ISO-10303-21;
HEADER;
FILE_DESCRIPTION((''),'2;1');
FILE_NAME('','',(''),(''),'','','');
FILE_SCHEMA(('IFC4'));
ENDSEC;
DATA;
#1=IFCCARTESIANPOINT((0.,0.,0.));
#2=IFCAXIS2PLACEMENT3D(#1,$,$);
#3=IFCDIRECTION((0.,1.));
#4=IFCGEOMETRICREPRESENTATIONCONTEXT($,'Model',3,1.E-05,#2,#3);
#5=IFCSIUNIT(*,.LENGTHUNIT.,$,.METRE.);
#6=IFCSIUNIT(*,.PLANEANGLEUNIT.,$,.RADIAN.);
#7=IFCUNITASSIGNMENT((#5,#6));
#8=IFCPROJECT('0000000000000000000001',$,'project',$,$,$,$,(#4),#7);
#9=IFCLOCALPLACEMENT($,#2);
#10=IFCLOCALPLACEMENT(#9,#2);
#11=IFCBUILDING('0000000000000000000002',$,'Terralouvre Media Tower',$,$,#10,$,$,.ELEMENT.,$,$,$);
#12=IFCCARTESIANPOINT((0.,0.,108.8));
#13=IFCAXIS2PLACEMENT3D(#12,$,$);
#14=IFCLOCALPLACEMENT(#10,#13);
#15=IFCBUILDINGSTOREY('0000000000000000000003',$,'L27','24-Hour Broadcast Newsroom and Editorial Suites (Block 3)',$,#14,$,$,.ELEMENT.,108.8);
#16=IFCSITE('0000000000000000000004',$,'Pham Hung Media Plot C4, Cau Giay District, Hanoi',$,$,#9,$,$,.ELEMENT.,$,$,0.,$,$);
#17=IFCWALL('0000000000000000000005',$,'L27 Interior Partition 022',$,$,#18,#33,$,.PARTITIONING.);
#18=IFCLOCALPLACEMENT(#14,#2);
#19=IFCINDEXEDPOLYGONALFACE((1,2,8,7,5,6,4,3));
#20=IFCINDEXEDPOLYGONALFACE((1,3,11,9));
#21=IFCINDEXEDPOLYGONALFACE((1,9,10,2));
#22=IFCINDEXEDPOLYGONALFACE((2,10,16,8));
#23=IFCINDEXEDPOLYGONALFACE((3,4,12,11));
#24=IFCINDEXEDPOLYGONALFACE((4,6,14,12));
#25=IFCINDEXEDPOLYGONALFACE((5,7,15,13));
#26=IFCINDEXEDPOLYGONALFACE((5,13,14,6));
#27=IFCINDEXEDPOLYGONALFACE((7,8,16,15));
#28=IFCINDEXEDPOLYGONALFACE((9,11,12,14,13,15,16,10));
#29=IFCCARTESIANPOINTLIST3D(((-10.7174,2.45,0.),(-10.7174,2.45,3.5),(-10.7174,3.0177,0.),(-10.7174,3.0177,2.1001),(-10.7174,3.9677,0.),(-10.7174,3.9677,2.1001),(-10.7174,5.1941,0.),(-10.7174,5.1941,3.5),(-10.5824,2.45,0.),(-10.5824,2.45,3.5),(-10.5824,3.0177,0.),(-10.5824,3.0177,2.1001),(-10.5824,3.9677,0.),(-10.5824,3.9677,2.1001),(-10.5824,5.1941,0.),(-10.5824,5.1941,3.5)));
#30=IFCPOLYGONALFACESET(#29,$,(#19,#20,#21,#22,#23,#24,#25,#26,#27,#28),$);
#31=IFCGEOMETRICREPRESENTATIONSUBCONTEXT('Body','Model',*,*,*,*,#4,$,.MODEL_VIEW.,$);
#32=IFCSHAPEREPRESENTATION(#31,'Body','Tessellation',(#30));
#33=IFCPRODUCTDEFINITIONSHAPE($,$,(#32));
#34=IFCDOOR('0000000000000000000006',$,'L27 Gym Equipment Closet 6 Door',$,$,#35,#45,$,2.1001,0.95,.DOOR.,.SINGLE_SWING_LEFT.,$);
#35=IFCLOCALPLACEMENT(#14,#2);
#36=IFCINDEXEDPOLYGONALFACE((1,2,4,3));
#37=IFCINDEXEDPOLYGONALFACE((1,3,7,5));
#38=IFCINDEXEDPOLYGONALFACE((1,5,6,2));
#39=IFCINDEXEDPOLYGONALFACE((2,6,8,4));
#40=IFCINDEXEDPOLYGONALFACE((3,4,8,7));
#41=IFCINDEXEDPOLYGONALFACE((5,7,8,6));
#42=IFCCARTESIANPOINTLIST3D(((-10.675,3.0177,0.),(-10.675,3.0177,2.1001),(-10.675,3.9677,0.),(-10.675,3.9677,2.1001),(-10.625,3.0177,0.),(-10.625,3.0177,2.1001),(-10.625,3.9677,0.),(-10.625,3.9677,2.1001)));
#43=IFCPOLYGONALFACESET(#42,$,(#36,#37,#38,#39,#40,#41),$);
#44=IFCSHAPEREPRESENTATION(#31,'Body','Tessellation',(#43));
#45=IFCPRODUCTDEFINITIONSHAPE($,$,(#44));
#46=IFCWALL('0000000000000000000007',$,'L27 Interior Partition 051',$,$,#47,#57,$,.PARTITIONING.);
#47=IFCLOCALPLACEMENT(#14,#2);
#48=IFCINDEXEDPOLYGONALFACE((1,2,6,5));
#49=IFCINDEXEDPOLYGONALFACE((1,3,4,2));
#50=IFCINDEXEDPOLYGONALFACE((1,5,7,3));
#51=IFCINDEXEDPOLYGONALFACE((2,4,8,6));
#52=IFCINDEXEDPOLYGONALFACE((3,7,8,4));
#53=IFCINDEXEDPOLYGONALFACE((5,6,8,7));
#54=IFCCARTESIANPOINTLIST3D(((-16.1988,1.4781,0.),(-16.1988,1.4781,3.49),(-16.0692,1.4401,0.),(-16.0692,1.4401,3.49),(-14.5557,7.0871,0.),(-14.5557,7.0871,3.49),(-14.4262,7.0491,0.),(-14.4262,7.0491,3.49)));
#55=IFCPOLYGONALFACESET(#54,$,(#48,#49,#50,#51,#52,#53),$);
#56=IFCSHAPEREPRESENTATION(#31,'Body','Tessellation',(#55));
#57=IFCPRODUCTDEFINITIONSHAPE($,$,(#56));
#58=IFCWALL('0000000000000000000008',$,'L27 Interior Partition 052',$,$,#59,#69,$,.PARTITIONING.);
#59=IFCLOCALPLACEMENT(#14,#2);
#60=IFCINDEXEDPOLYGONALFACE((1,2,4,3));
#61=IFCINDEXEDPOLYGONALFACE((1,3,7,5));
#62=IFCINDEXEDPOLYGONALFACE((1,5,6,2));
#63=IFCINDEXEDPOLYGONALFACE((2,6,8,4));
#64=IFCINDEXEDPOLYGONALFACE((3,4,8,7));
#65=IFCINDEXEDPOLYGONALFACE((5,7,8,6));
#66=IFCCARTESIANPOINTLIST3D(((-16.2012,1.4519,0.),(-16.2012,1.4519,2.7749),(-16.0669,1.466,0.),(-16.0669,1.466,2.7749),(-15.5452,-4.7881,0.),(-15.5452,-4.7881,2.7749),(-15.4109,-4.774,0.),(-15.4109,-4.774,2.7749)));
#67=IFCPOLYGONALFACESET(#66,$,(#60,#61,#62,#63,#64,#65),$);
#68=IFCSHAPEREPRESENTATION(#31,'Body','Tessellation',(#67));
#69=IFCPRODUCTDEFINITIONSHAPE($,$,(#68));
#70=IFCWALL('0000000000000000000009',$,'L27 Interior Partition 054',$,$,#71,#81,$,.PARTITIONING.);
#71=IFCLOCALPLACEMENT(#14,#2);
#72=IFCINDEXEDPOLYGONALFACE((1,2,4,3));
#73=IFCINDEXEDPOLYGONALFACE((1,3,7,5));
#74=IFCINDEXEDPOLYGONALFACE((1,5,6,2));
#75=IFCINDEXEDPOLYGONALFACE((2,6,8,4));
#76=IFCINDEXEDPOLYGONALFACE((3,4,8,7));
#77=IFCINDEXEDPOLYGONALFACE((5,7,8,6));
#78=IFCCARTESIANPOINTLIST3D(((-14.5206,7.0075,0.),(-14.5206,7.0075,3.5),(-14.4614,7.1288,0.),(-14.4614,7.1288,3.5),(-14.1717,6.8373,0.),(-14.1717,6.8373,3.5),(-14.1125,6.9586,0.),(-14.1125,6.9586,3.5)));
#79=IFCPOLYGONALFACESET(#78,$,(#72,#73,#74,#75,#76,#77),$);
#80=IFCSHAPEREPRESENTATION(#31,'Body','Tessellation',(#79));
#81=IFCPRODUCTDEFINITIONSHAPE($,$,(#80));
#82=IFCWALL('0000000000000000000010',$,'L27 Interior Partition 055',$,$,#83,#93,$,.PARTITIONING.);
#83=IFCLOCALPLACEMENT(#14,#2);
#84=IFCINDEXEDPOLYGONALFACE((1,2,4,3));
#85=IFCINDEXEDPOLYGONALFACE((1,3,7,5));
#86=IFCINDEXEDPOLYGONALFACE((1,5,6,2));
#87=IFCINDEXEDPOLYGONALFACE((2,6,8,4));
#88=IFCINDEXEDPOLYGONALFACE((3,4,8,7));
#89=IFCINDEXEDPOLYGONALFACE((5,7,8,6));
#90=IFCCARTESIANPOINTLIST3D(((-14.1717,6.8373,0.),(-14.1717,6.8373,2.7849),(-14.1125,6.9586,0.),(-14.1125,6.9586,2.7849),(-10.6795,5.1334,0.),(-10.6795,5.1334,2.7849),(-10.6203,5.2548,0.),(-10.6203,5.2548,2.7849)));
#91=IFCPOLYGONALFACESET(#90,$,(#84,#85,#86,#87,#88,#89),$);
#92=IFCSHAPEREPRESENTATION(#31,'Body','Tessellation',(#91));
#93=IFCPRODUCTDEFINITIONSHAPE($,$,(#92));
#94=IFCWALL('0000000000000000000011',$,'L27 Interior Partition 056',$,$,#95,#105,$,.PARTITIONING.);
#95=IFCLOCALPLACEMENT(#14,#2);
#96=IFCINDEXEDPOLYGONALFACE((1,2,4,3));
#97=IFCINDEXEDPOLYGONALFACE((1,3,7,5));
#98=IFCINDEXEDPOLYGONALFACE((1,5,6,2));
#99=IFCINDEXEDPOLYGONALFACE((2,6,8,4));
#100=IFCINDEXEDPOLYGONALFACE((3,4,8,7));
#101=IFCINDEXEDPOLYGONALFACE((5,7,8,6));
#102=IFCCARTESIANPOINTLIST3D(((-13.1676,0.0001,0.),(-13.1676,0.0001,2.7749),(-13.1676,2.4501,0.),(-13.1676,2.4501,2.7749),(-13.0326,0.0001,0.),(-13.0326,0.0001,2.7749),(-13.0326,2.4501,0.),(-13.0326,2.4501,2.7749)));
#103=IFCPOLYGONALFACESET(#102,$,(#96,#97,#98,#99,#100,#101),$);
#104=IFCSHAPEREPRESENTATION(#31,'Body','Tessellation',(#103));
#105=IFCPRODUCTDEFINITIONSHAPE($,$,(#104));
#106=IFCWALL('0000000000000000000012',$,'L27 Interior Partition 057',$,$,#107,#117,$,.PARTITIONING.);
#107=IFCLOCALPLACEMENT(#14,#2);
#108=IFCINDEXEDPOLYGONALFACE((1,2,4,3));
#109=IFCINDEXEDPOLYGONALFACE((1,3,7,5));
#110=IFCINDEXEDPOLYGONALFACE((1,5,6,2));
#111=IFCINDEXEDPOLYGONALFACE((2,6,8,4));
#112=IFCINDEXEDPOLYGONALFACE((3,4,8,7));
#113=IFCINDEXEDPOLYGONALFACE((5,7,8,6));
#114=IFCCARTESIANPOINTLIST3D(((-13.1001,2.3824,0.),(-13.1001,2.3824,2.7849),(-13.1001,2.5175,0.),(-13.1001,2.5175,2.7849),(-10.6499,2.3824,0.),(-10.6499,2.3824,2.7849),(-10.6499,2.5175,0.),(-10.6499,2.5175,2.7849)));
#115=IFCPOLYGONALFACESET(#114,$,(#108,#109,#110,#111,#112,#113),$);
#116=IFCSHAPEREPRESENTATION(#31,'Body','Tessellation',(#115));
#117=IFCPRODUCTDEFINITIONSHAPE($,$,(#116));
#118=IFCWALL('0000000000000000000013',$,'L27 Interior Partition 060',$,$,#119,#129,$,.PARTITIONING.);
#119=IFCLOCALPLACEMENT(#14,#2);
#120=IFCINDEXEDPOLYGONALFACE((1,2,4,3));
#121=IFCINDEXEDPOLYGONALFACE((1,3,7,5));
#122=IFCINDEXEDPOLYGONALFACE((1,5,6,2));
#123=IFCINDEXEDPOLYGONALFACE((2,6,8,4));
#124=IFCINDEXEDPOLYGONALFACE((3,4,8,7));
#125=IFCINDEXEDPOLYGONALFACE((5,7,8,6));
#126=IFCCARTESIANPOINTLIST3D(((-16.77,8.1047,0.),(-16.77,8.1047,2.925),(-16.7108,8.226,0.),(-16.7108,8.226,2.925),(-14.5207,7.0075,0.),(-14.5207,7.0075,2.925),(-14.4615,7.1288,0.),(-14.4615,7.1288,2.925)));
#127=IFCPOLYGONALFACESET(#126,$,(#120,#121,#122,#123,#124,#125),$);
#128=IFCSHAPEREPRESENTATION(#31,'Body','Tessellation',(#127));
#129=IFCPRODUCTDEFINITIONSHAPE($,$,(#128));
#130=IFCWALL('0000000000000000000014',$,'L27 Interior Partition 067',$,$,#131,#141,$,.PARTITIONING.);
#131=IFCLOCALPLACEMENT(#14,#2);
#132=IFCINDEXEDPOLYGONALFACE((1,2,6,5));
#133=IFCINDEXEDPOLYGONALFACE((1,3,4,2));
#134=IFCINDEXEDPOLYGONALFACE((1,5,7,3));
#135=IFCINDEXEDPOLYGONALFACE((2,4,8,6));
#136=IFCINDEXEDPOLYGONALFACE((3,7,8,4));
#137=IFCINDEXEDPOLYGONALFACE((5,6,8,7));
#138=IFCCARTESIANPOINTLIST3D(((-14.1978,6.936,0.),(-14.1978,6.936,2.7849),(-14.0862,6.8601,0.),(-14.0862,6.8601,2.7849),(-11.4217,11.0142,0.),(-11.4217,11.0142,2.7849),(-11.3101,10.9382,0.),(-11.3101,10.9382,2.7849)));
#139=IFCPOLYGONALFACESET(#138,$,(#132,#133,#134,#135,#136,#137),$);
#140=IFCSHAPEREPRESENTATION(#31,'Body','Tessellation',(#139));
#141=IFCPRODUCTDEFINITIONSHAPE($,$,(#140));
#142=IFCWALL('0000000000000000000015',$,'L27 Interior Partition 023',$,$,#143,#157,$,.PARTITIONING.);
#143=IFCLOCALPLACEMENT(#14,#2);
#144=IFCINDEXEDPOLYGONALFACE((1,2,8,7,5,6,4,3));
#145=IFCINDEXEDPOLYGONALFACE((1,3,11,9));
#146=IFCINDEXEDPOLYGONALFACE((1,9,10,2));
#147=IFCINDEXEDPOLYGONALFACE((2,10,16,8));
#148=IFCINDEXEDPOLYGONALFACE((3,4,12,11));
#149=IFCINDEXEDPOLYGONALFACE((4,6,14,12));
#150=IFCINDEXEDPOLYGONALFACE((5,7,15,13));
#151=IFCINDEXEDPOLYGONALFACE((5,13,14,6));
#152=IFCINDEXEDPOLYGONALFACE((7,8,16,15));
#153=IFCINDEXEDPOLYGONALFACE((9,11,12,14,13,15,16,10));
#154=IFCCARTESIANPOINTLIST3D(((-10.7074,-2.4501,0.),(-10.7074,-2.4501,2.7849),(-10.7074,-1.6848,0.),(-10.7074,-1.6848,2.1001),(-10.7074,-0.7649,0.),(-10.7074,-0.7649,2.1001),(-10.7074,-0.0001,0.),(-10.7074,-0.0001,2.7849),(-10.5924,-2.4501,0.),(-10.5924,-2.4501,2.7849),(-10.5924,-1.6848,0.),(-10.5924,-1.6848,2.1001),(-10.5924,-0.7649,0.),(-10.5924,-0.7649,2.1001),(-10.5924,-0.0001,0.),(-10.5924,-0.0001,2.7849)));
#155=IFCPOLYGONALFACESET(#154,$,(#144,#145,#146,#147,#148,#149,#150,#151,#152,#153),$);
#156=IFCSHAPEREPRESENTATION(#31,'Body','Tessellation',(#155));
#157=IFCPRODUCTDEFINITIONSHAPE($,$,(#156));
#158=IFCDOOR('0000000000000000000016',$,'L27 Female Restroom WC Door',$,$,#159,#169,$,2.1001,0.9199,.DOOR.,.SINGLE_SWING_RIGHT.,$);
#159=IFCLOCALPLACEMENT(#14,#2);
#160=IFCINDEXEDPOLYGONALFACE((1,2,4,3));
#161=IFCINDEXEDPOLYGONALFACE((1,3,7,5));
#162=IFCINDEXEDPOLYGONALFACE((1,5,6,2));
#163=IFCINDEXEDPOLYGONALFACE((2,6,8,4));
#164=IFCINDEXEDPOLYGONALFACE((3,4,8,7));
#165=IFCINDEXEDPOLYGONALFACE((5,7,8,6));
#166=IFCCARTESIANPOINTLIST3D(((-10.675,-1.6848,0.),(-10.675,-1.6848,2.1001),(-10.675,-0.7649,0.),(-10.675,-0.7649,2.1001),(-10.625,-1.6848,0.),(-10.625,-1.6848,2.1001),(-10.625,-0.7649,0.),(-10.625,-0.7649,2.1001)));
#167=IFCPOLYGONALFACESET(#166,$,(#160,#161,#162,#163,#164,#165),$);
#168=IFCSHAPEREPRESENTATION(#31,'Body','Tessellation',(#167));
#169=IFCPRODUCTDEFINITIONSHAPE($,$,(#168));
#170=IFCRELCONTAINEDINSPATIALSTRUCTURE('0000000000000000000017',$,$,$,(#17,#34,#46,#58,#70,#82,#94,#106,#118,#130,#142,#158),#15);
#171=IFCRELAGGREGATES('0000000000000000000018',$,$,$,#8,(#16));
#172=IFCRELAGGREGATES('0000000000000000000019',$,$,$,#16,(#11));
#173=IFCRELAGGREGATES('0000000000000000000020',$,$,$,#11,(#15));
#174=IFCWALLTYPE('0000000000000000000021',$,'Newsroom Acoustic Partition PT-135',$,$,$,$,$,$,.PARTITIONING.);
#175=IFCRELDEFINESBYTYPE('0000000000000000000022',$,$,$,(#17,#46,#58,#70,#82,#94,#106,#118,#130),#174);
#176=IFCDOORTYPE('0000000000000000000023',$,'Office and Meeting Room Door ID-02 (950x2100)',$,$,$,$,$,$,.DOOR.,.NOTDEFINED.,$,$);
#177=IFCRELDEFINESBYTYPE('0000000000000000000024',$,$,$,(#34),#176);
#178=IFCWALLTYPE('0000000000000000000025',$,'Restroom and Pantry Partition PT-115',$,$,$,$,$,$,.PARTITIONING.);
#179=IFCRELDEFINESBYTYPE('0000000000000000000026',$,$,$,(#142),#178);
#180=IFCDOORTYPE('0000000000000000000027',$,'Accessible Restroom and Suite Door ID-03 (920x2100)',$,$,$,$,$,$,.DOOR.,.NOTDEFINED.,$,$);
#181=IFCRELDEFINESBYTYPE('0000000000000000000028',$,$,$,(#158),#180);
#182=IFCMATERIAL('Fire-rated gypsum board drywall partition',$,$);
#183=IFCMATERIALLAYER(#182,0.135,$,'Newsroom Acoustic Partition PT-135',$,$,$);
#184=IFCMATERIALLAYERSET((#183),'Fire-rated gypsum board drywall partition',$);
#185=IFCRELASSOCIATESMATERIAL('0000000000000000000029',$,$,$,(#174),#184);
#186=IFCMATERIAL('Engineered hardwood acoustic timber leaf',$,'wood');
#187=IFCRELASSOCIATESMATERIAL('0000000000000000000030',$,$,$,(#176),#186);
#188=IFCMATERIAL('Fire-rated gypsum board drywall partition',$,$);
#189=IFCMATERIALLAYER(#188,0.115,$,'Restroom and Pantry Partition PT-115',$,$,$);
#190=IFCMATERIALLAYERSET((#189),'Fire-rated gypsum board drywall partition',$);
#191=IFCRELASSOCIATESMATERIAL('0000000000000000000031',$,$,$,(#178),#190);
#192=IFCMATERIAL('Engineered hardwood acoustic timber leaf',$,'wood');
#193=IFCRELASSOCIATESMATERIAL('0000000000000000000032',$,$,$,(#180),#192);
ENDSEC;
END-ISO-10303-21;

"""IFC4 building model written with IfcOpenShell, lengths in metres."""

from ifc_helpers import new_model, si_unit, direction, frame, frame_2d, origin, place, context, subcontext, project, spatial, rectangle, extrude, material, layer, layer_set, type_object, element, fill, save


model = new_model("IFC4")

# Units and contexts
model_context = context("Model", 3, precision=1e-05, world=origin(), true_north=direction((0.0, 1.0)))
body_context = subcontext(model_context, "Body", "Model", "MODEL_VIEW")
ifc_project = project(units=[si_unit("LENGTHUNIT", "METRE"), si_unit("PLANEANGLEUNIT", "RADIAN")], contexts=[model_context])

# Site, building, storey
site_placement = place(None, origin())
site = spatial("IfcSite", under=ifc_project, at=site_placement, Name="Pham Hung Media Plot C4, Cau Giay District, Hanoi", CompositionType="ELEMENT", RefElevation=0.0)
building_placement = place(site_placement, origin())
building = spatial("IfcBuilding", under=site, at=building_placement, Name="Terralouvre Media Tower", CompositionType="ELEMENT")
storey_placement = place(building_placement, frame((0.0, 0.0, 108.8)))
storey = spatial("IfcBuildingStorey", under=building, at=storey_placement, Name="L27", Description="24-Hour Broadcast Newsroom and Editorial Suites (Block 3)", CompositionType="ELEMENT", Elevation=108.8)

# Wall, opening, door
ifc_material_1 = material(Name="Fire-rated gypsum board drywall partition")
ifc_layer_1 = layer(ifc_material_1, 0.135, Name="Newsroom Acoustic Partition PT-135")
ifc_layer_set_1 = layer_set([ifc_layer_1], Name="Fire-rated gypsum board drywall partition")
wall_type_1 = type_object("IfcWallType", Name="Newsroom Acoustic Partition PT-135", PredefinedType="PARTITIONING", material=ifc_layer_set_1)
wall_1_placement = place(storey_placement, frame((-10.6499, 5.1941, 0.0), z_axis=(0.0, 0.0, 1.0), x_axis=(0.0, -1.0, 0.0)))
wall_1 = element("IfcWall", 1, at=wall_1_placement, inside=storey, type_object=wall_type_1, Name="L27 Interior Partition 022", PredefinedType="PARTITIONING", context=body_context, shape_type="SweptSolid", body=[
    extrude(rectangle(XDim=2.7441, YDim=0.135, at=frame_2d((1.3721, 0.0))), origin(), (0.0, 0.0, 1.0), 3.5),
])
opening_1_placement = place(wall_1_placement, frame((1.2263, 0.0, 0.0)))
opening_1 = element("IfcOpeningElement", 2, at=opening_1_placement, cuts=wall_1, PredefinedType="OPENING", context=body_context, shape_type="SweptSolid", body=[
    extrude(rectangle(XDim=0.95, YDim=2.1001, at=frame_2d((0.4751, 1.05))), frame((0.0, 0.0774, 0.0), z_axis=(0.0, -1.0, 0.0), x_axis=(1.0, 0.0, 0.0)), (0.0, 0.0, 1.0), 0.155),
])
ifc_material_2 = material(Name="Engineered hardwood acoustic timber leaf", Category="wood")
door_type_1 = type_object("IfcDoorType", Name="Office and Meeting Room Door ID-02 (950x2100)", OperationType="NOTDEFINED", PredefinedType="DOOR", material=ifc_material_2)
door_1_placement = place(opening_1_placement, origin())
door_1 = element("IfcDoor", 3, at=door_1_placement, inside=storey, type_object=door_type_1, Name="L27 Gym Equipment Closet 6 Door", OperationType="SINGLE_SWING_LEFT", OverallHeight=2.1001, OverallWidth=0.95, PredefinedType="DOOR", context=body_context, shape_type="SweptSolid", body=[
    extrude(rectangle(XDim=0.95, YDim=2.1001, at=frame_2d((0.4751, 1.05))), frame((0.0, 0.0249, 0.0), z_axis=(0.0, -1.0, 0.0), x_axis=(1.0, 0.0, 0.0)), (0.0, 0.0, 1.0), 0.05),
])
fill(opening_1, door_1)

# Walls
wall_2_placement = place(storey_placement, frame((-14.491, 7.0681, 0.0), z_axis=(0.0, 0.0, 1.0), x_axis=(-0.281115, -0.959674, 0.0)))
element("IfcWall", 4, at=wall_2_placement, inside=storey, type_object=wall_type_1, Name="L27 Interior Partition 051", PredefinedType="PARTITIONING", context=body_context, shape_type="SweptSolid", body=[
    extrude(rectangle(XDim=5.8447, YDim=0.135, at=frame_2d((2.9224, 0.0))), origin(), (0.0, 0.0, 1.0), 3.49),
])
wall_3_placement = place(storey_placement, frame((-16.134, 1.459, 0.0), z_axis=(0.0, 0.0, 1.0), x_axis=(0.104553, -0.994519, 0.0)))
element("IfcWall", 5, at=wall_3_placement, inside=storey, type_object=wall_type_1, Name="L27 Interior Partition 052", PredefinedType="PARTITIONING", context=body_context, shape_type="SweptSolid", body=[
    extrude(rectangle(XDim=6.2744, YDim=0.135, at=frame_2d((3.1372, 0.0))), origin(), (0.0, 0.0, 1.0), 2.7749),
])
wall_4_placement = place(storey_placement, frame((-14.1421, 6.8979, 0.0), z_axis=(0.0, 0.0, 1.0), x_axis=(-0.898787, 0.438386, 0.0)))
element("IfcWall", 6, at=wall_4_placement, inside=storey, type_object=wall_type_1, Name="L27 Interior Partition 054", PredefinedType="PARTITIONING", context=body_context, shape_type="SweptSolid", body=[
    extrude(rectangle(XDim=0.3882, YDim=0.135, at=frame_2d((0.1941, 0.0))), origin(), (0.0, 0.0, 1.0), 3.5),
])
wall_5_placement = place(storey_placement, frame((-10.6499, 5.1941, 0.0), z_axis=(0.0, 0.0, 1.0), x_axis=(-0.898733, 0.438497, 0.0)))
element("IfcWall", 7, at=wall_5_placement, inside=storey, type_object=wall_type_1, Name="L27 Interior Partition 055", PredefinedType="PARTITIONING", context=body_context, shape_type="SweptSolid", body=[
    extrude(rectangle(XDim=3.8857, YDim=0.135, at=frame_2d((1.9429, 0.0))), origin(), (0.0, 0.0, 1.0), 2.7849),
])
wall_6_placement = place(storey_placement, frame((-13.1001, 0.0, 0.0), z_axis=(0.0, 0.0, 1.0), x_axis=(0.0, 1.0, 0.0)))
element("IfcWall", 8, at=wall_6_placement, inside=storey, type_object=wall_type_1, Name="L27 Interior Partition 056", PredefinedType="PARTITIONING", context=body_context, shape_type="SweptSolid", body=[
    extrude(rectangle(XDim=2.45, YDim=0.135, at=frame_2d((1.2251, 0.0))), origin(), (0.0, 0.0, 1.0), 2.7749),
])
wall_7_placement = place(storey_placement, frame((-13.1001, 2.45, 0.0), z_axis=(0.0, 0.0, 1.0), x_axis=(1.0, 0.0, 0.0)))
element("IfcWall", 9, at=wall_7_placement, inside=storey, type_object=wall_type_1, Name="L27 Interior Partition 057", PredefinedType="PARTITIONING", context=body_context, shape_type="SweptSolid", body=[
    extrude(rectangle(XDim=2.4502, YDim=0.135, at=frame_2d((1.2251, 0.0))), origin(), (0.0, 0.0, 1.0), 2.7849),
])
wall_8_placement = place(storey_placement, frame((-14.491, 7.0681, 0.0), z_axis=(0.0, 0.0, 1.0), x_axis=(-0.898774, 0.438412, 0.0)))
element("IfcWall", 10, at=wall_8_placement, inside=storey, type_object=wall_type_1, Name="L27 Interior Partition 060", PredefinedType="PARTITIONING", context=body_context, shape_type="SweptSolid", body=[
    extrude(rectangle(XDim=2.5027, YDim=0.135, at=frame_2d((1.2515, 0.0))), origin(), (0.0, 0.0, 1.0), 2.925),
])
wall_9_placement = place(storey_placement, frame((-14.1421, 6.8979, 0.0), z_axis=(0.0, 0.0, 1.0), x_axis=(0.562726, 0.826644, 0.0)))
element("IfcWall", 11, at=wall_9_placement, inside=storey, type_object=wall_type_1, Name="L27 Interior Partition 067", PredefinedType="PARTITIONING", context=body_context, shape_type="SweptSolid", body=[
    extrude(rectangle(XDim=4.9333, YDim=0.135, at=frame_2d((2.4668, 0.0))), origin(), (0.0, 0.0, 1.0), 2.7849),
])

# Wall, opening, door
ifc_material_3 = material(Name="Fire-rated gypsum board drywall partition")
ifc_layer_2 = layer(ifc_material_3, 0.115, Name="Restroom and Pantry Partition PT-115")
ifc_layer_set_2 = layer_set([ifc_layer_2], Name="Fire-rated gypsum board drywall partition")
wall_type_2 = type_object("IfcWallType", Name="Restroom and Pantry Partition PT-115", PredefinedType="PARTITIONING", material=ifc_layer_set_2)
wall_10_placement = place(storey_placement, frame((-10.6499, 0.0, 0.0), z_axis=(0.0, 0.0, 1.0), x_axis=(0.0, -1.0, 0.0)))
wall_10 = element("IfcWall", 12, at=wall_10_placement, inside=storey, type_object=wall_type_2, Name="L27 Interior Partition 023", PredefinedType="PARTITIONING", context=body_context, shape_type="SweptSolid", body=[
    extrude(rectangle(XDim=2.45, YDim=0.115, at=frame_2d((1.2251, 0.0))), origin(), (0.0, 0.0, 1.0), 2.7849),
])
opening_2_placement = place(wall_10_placement, frame((0.7649, 0.0, 0.0)))
opening_2 = element("IfcOpeningElement", 13, at=opening_2_placement, cuts=wall_10, PredefinedType="OPENING", context=body_context, shape_type="SweptSolid", body=[
    extrude(rectangle(XDim=0.9199, YDim=2.1001, at=frame_2d((0.46, 1.05))), frame((0.0, 0.0674, 0.0), z_axis=(0.0, -1.0, 0.0), x_axis=(1.0, 0.0, 0.0)), (0.0, 0.0, 1.0), 0.135),
])
ifc_material_4 = material(Name="Engineered hardwood acoustic timber leaf", Category="wood")
door_type_2 = type_object("IfcDoorType", Name="Accessible Restroom and Suite Door ID-03 (920x2100)", OperationType="NOTDEFINED", PredefinedType="DOOR", material=ifc_material_4)
door_2_placement = place(opening_2_placement, origin())
door_2 = element("IfcDoor", 14, at=door_2_placement, inside=storey, type_object=door_type_2, Name="L27 Female Restroom WC Door", OperationType="SINGLE_SWING_RIGHT", OverallHeight=2.1001, OverallWidth=0.9199, PredefinedType="DOOR", context=body_context, shape_type="SweptSolid", body=[
    extrude(rectangle(XDim=0.9199, YDim=2.1001, at=frame_2d((0.46, 1.05))), frame((0.0, 0.0249, 0.0), z_axis=(0.0, -1.0, 0.0), x_axis=(1.0, 0.0, 0.0)), (0.0, 0.0, 1.0), 0.05),
])
fill(opening_2, door_2)

save(model, "model.ifc")
